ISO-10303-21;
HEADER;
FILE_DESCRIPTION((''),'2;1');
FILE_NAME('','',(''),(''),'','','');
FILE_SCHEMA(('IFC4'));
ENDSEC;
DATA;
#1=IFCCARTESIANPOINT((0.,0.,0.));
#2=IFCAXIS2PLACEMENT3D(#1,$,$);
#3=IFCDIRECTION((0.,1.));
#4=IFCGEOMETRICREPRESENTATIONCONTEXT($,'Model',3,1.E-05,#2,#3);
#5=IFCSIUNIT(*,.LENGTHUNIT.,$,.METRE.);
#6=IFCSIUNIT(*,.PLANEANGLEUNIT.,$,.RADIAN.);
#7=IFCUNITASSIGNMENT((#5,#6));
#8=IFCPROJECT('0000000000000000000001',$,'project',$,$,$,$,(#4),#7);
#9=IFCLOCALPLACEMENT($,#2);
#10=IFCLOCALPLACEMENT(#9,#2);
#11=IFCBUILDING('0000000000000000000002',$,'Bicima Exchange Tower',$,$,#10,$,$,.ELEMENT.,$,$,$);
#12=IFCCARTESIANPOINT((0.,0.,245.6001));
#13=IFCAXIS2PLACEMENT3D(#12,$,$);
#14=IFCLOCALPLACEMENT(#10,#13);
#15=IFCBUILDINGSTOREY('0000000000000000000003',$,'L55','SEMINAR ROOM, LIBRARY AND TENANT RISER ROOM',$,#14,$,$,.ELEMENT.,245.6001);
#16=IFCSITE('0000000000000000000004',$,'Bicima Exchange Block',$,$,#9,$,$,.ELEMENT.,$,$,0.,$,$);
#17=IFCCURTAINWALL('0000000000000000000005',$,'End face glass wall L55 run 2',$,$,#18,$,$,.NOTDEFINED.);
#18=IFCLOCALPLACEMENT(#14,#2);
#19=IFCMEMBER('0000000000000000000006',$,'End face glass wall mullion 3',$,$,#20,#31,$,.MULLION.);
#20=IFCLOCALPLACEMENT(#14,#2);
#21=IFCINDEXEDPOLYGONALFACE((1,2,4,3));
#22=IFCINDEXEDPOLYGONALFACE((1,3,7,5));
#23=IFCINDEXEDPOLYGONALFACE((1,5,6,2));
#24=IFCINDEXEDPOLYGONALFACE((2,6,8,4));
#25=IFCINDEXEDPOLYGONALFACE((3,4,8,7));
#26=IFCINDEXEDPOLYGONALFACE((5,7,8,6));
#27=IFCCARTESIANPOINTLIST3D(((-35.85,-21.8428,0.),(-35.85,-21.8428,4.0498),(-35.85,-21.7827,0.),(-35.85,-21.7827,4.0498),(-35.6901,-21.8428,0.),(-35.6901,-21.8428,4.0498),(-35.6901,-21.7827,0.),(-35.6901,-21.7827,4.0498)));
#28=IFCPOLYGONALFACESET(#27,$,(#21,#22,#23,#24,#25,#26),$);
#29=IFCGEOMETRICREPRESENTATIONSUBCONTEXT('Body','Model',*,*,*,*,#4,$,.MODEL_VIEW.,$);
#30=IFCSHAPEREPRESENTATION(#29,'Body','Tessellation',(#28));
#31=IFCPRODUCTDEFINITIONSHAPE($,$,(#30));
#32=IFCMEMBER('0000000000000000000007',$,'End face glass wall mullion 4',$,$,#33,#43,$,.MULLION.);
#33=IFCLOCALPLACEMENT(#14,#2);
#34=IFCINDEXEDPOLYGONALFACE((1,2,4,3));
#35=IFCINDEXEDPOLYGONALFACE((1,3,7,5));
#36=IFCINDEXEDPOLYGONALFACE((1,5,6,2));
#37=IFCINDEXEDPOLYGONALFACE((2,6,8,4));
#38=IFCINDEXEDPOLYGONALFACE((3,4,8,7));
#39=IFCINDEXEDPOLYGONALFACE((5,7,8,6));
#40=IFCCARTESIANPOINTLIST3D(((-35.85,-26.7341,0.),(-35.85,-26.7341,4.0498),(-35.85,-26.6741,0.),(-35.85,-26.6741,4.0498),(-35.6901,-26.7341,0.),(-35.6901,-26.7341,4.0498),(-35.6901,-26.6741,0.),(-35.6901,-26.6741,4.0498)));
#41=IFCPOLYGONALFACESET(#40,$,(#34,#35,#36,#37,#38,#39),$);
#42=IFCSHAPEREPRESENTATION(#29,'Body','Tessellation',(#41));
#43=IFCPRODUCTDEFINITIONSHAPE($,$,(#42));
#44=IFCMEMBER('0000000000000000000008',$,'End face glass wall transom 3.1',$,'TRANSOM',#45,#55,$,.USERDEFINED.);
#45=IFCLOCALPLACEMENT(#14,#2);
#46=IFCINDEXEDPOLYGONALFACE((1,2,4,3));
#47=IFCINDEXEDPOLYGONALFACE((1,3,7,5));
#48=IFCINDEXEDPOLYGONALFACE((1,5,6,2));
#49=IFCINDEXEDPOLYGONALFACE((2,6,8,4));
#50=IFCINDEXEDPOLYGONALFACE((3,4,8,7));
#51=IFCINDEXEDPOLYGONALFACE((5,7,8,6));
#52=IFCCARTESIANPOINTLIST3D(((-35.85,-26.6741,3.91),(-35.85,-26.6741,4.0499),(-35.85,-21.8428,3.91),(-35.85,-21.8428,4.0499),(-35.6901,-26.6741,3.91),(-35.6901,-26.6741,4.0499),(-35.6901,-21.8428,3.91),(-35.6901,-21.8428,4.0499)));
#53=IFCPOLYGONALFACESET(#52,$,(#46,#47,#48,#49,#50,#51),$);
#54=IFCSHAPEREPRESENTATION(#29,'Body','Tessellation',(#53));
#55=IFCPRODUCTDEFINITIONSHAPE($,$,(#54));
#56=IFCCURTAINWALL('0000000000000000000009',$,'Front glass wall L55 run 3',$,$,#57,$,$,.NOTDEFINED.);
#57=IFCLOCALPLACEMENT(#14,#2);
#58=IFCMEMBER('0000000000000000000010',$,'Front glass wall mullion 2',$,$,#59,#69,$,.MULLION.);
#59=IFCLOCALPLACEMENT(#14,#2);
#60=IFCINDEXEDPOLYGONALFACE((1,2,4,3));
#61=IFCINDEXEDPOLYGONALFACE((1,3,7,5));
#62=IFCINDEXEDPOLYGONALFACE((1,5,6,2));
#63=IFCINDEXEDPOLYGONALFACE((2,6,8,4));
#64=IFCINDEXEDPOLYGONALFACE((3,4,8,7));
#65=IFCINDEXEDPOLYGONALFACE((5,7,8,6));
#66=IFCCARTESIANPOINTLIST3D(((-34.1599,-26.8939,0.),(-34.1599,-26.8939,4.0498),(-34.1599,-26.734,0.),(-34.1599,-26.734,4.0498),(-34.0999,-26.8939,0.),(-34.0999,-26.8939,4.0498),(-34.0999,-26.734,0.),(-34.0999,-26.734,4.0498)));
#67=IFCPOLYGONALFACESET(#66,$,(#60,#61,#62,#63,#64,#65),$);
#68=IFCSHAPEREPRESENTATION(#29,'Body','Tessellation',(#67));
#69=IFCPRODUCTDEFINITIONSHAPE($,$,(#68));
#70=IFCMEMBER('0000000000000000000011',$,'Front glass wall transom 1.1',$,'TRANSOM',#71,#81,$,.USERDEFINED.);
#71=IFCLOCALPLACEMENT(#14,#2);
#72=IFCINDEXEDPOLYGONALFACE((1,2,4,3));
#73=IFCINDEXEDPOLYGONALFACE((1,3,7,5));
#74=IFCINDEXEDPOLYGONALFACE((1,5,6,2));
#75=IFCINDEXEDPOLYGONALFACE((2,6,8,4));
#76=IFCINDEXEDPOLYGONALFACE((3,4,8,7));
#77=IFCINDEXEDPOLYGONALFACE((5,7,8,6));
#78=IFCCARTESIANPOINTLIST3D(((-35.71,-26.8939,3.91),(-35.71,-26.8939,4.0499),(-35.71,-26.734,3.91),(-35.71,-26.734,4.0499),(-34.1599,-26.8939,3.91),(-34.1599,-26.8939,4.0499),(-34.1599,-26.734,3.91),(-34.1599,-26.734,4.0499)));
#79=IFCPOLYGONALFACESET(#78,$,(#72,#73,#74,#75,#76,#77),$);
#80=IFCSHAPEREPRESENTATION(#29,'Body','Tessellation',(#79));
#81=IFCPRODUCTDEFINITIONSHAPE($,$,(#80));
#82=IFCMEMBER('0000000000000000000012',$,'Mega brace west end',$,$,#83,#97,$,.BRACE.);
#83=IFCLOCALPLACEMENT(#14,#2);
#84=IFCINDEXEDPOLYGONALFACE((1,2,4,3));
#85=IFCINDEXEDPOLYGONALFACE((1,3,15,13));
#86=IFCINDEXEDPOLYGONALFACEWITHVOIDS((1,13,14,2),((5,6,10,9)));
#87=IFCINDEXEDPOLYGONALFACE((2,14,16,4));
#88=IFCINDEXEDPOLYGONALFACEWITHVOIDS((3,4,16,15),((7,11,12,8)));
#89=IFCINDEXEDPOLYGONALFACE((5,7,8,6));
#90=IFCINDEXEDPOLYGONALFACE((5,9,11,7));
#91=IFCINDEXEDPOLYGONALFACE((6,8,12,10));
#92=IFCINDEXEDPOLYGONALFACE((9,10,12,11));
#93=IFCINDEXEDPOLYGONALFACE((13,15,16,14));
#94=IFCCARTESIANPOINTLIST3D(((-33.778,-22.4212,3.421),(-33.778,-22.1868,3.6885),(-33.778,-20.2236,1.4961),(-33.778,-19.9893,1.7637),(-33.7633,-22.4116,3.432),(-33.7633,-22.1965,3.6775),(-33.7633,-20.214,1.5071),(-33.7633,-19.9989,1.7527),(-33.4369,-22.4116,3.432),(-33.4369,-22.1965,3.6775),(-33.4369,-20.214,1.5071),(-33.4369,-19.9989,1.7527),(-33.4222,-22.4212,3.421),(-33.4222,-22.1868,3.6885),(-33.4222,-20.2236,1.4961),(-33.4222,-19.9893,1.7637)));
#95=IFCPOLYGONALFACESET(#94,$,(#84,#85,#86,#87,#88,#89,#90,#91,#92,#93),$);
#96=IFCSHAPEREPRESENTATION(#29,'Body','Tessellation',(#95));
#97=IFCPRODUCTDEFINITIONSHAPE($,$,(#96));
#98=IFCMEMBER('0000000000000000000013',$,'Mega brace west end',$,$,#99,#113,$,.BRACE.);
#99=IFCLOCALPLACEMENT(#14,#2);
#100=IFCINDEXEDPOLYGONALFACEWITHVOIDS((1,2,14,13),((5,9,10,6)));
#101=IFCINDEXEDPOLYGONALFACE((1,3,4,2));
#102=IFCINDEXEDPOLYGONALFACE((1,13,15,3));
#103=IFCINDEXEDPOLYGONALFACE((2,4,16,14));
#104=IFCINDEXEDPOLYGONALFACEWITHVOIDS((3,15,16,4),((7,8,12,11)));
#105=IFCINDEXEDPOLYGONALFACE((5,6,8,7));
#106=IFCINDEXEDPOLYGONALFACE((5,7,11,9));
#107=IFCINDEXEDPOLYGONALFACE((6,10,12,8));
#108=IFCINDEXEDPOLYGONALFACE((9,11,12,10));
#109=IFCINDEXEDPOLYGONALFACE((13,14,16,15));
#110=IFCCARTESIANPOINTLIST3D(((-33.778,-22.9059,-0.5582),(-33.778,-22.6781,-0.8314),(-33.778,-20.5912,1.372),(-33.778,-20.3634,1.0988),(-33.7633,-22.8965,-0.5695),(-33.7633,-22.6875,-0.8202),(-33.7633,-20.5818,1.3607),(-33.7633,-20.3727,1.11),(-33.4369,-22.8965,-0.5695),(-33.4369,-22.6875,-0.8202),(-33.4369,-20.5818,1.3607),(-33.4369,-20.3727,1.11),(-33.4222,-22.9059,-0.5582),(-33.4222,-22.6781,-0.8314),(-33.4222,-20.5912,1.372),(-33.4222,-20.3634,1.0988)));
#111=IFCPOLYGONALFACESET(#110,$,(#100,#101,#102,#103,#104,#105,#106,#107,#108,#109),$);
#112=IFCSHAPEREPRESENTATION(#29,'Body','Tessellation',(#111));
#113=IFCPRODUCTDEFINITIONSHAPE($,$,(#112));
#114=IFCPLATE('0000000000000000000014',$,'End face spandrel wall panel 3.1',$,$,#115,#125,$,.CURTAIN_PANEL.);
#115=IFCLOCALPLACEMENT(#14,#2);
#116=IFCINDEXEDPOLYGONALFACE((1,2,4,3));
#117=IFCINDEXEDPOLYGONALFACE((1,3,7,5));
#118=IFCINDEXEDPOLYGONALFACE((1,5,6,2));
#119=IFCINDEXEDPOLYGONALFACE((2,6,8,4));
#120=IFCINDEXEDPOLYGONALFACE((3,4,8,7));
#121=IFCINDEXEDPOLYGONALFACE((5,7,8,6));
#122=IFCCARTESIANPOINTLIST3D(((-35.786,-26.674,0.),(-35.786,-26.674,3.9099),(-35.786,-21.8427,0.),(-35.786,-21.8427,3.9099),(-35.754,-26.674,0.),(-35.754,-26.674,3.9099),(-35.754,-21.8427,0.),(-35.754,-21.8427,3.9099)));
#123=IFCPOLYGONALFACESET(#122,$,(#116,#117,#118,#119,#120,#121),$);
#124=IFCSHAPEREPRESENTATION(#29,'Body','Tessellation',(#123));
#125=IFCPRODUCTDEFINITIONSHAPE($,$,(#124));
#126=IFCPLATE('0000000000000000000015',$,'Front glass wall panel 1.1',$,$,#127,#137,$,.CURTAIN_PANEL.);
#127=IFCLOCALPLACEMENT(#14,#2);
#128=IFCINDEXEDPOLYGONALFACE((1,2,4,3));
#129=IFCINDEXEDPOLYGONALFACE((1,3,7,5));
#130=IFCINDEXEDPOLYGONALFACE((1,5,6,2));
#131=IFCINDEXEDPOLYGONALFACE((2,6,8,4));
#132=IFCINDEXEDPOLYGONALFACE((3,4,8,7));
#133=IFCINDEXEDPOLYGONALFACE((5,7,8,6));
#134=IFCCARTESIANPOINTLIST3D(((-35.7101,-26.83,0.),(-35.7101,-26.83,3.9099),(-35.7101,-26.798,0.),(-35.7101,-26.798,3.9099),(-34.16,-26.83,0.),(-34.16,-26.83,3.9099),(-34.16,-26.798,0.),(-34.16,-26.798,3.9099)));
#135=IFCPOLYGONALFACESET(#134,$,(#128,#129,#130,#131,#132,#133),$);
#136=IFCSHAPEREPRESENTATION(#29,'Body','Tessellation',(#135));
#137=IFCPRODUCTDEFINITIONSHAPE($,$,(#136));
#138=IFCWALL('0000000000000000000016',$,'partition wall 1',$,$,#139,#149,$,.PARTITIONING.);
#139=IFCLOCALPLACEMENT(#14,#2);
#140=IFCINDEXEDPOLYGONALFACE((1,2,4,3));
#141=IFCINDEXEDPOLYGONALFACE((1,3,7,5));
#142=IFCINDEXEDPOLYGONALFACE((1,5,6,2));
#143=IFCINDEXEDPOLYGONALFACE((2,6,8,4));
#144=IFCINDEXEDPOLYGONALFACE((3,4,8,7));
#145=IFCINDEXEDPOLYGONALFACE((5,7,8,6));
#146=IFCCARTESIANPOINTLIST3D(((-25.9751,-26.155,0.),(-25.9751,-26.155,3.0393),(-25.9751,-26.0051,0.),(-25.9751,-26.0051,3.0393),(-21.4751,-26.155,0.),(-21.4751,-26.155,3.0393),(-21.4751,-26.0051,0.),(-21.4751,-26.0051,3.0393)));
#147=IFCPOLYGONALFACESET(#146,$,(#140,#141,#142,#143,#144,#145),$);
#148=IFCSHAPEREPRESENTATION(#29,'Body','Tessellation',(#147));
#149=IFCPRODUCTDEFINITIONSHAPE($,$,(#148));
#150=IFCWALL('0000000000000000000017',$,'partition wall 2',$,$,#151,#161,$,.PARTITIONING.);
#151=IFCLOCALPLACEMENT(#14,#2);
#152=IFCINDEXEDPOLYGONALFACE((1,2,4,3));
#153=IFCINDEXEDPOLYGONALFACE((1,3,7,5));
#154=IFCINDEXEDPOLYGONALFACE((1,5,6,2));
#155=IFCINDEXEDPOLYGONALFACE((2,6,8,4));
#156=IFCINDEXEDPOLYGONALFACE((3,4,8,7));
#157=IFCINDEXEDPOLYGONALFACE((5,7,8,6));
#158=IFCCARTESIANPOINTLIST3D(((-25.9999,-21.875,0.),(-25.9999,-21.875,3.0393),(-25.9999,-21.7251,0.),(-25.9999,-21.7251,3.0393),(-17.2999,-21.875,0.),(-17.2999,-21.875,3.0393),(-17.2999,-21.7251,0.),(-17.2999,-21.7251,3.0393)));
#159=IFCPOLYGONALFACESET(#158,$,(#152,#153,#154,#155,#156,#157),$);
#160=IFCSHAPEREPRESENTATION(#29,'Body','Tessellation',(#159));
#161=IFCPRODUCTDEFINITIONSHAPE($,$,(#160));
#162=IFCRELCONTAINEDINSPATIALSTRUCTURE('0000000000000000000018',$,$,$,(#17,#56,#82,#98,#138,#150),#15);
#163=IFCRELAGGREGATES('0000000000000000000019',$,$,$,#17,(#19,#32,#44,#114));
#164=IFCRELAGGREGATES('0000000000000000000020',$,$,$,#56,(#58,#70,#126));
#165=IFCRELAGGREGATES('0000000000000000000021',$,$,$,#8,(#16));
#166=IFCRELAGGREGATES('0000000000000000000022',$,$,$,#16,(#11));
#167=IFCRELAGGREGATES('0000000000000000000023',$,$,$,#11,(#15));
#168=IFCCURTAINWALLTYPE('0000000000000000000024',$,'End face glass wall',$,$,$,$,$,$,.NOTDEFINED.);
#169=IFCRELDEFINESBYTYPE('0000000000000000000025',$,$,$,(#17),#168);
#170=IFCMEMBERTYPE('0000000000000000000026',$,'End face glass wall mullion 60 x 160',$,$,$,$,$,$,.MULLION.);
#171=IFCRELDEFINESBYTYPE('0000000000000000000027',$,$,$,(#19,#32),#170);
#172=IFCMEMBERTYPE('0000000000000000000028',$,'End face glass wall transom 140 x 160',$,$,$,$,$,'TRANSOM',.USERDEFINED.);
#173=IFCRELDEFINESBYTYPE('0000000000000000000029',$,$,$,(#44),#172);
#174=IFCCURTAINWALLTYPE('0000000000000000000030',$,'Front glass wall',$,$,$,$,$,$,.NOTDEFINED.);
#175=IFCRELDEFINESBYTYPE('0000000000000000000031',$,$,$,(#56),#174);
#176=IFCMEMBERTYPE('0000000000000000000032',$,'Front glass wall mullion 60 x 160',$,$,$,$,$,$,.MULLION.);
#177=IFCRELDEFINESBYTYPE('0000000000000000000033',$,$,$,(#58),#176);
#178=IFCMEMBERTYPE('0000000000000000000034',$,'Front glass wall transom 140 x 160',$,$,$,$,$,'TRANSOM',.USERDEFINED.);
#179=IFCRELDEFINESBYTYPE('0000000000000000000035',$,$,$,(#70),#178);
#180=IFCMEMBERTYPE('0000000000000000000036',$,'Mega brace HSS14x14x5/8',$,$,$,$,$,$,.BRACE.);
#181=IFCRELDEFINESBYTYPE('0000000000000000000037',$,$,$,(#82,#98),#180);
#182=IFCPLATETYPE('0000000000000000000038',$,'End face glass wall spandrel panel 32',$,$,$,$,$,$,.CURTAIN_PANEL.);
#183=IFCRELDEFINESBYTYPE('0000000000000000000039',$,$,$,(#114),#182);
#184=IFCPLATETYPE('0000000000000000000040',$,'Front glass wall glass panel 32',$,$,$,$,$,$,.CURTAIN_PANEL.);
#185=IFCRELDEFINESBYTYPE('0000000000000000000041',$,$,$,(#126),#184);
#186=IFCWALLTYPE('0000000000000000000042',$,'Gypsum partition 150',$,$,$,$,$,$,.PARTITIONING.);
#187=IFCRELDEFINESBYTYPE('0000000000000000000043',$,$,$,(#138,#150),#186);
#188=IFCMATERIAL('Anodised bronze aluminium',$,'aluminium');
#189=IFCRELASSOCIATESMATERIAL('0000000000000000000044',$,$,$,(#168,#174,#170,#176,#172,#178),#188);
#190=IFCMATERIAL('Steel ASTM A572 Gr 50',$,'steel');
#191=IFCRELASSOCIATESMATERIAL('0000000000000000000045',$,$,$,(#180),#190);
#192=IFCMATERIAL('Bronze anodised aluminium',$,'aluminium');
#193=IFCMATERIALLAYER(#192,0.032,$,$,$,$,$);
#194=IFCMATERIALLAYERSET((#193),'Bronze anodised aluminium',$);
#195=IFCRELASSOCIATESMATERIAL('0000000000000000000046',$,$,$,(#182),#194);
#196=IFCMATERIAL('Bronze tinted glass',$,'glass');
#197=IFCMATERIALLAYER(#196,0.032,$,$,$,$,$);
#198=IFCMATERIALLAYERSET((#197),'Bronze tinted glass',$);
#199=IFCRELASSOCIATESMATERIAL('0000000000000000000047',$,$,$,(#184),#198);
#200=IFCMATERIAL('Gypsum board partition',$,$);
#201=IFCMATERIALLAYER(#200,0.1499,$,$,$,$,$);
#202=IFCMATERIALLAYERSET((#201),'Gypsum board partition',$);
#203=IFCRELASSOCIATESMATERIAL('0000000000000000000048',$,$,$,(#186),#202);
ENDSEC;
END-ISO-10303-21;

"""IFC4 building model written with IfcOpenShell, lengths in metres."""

from ifc_helpers import new_model, si_unit, direction, frame, frame_2d, origin, origin_2d, place, context, subcontext, project, spatial, rectangle, hollow_rectangle, extrude, material, layer, layer_set, material_profile, profile_set, type_object, element, aggregate, save


model = new_model("IFC4")

# Units and contexts
model_context = context("Model", 3, precision=1e-05, world=origin(), true_north=direction((0.0, 1.0)))
body_context = subcontext(model_context, "Body", "Model", "MODEL_VIEW")
ifc_project = project(units=[si_unit("LENGTHUNIT", "METRE"), si_unit("PLANEANGLEUNIT", "RADIAN")], contexts=[model_context])

# Site, building, storey
site_placement = place(None, origin())
site = spatial("IfcSite", under=ifc_project, at=site_placement, Name="Bicima Exchange Block", CompositionType="ELEMENT", RefElevation=0.0)
building_placement = place(site_placement, origin())
building = spatial("IfcBuilding", under=site, at=building_placement, Name="Bicima Exchange Tower", CompositionType="ELEMENT")
storey_placement = place(building_placement, frame((0.0, 0.0, 245.6001)))
storey = spatial("IfcBuildingStorey", under=building, at=storey_placement, Name="L55", Description="SEMINAR ROOM, LIBRARY AND TENANT RISER ROOM", CompositionType="ELEMENT", Elevation=245.6001)

# Curtain walls, members
ifc_material_1 = material(Name="Anodised bronze aluminium", Category="aluminium")
curtain_wall_type_1 = type_object("IfcCurtainWallType", Name="End face glass wall", PredefinedType="NOTDEFINED", material=ifc_material_1)
curtain_wall_1_placement = place(storey_placement, origin())
curtain_wall_1 = element("IfcCurtainWall", 1, at=curtain_wall_1_placement, inside=storey, type_object=curtain_wall_type_1, Name="End face glass wall L55 run 2", PredefinedType="NOTDEFINED")
ifc_material_profile_1 = material_profile(ifc_material_1, rectangle(XDim=0.1599, YDim=0.0601, at=origin_2d()))
ifc_profile_set_1 = profile_set([ifc_material_profile_1], Name="Anodised bronze aluminium")
member_type_1 = type_object("IfcMemberType", Name="End face glass wall mullion 60 x 160", PredefinedType="MULLION", material=ifc_profile_set_1)
member_1_placement = place(storey_placement, frame((-35.77, -21.8127, 0.0), z_axis=(0.0, 0.0, 1.0), x_axis=(1.0, 0.0, 0.0)))
member_1 = element("IfcMember", 2, at=member_1_placement, type_object=member_type_1, Name="End face glass wall mullion 3", PredefinedType="MULLION", context=body_context, shape_type="SweptSolid", body=[
    extrude(rectangle(XDim=0.1599, YDim=0.0601, at=origin_2d()), origin(), (0.0, 0.0, 1.0), 4.0498),
])
member_2_placement = place(storey_placement, frame((-35.77, -26.7041, 0.0), z_axis=(0.0, 0.0, 1.0), x_axis=(1.0, 0.0, 0.0)))
member_2 = element("IfcMember", 3, at=member_2_placement, type_object=member_type_1, Name="End face glass wall mullion 4", PredefinedType="MULLION", context=body_context, shape_type="SweptSolid", body=[
    extrude(rectangle(XDim=0.1599, YDim=0.0601, at=origin_2d()), origin(), (0.0, 0.0, 1.0), 4.0498),
])
ifc_material_profile_2 = material_profile(ifc_material_1, rectangle(XDim=0.1599, YDim=0.1399, at=origin_2d()))
ifc_profile_set_2 = profile_set([ifc_material_profile_2], Name="Anodised bronze aluminium")
member_type_2 = type_object("IfcMemberType", Name="End face glass wall transom 140 x 160", ElementType="TRANSOM", PredefinedType="USERDEFINED", material=ifc_profile_set_2)
member_3_placement = place(storey_placement, frame((-35.77, -21.8428, 3.98), z_axis=(0.0, -1.0, 0.0), x_axis=(1.0, 0.0, 0.0)))
member_3 = element("IfcMember", 4, at=member_3_placement, type_object=member_type_2, Name="End face glass wall transom 3.1", ObjectType="TRANSOM", PredefinedType="USERDEFINED", context=body_context, shape_type="SweptSolid", body=[
    extrude(rectangle(XDim=0.1599, YDim=0.1399, at=origin_2d()), origin(), (0.0, 0.0, 1.0), 4.8313),
])
curtain_wall_type_2 = type_object("IfcCurtainWallType", Name="Front glass wall", PredefinedType="NOTDEFINED", material=ifc_material_1)
curtain_wall_2_placement = place(storey_placement, origin())
curtain_wall_2 = element("IfcCurtainWall", 5, at=curtain_wall_2_placement, inside=storey, type_object=curtain_wall_type_2, Name="Front glass wall L55 run 3", PredefinedType="NOTDEFINED")
member_type_3 = type_object("IfcMemberType", Name="Front glass wall mullion 60 x 160", PredefinedType="MULLION", material=ifc_profile_set_1)
member_4_placement = place(storey_placement, frame((-34.1299, -26.814, 0.0), z_axis=(0.0, 0.0, 1.0), x_axis=(0.0, 1.0, 0.0)))
member_4 = element("IfcMember", 6, at=member_4_placement, type_object=member_type_3, Name="Front glass wall mullion 2", PredefinedType="MULLION", context=body_context, shape_type="SweptSolid", body=[
    extrude(rectangle(XDim=0.1599, YDim=0.0601, at=origin_2d()), origin(), (0.0, 0.0, 1.0), 4.0498),
])
member_type_4 = type_object("IfcMemberType", Name="Front glass wall transom 140 x 160", ElementType="TRANSOM", PredefinedType="USERDEFINED", material=ifc_profile_set_2)
member_5_placement = place(storey_placement, frame((-35.71, -26.814, 3.98), z_axis=(1.0, 0.0, 0.0), x_axis=(0.0, 1.0, 0.0)))
member_5 = element("IfcMember", 7, at=member_5_placement, type_object=member_type_4, Name="Front glass wall transom 1.1", ObjectType="TRANSOM", PredefinedType="USERDEFINED", context=body_context, shape_type="SweptSolid", body=[
    extrude(rectangle(XDim=0.1599, YDim=0.1399, at=origin_2d()), origin(), (0.0, 0.0, 1.0), 1.55),
])

# Members
ifc_material_2 = material(Name="Steel ASTM A572 Gr 50", Category="steel")
ifc_material_profile_3 = material_profile(ifc_material_2, hollow_rectangle(XDim=0.3557, YDim=0.3557, WallThickness=0.0146, at=origin_2d()))
ifc_profile_set_3 = profile_set([ifc_material_profile_3], Name="Steel ASTM A572 Gr 50")
member_type_5 = type_object("IfcMemberType", Name="Mega brace HSS14x14x5/8", PredefinedType="BRACE", material=ifc_profile_set_3)
member_6_placement = place(storey_placement, frame((-33.6001, -20.1064, 1.6299), z_axis=(0.0, -0.75224, 0.658889), x_axis=(1.0, 0.0, 0.0)))
element("IfcMember", 8, at=member_6_placement, inside=storey, type_object=member_type_5, Name="Mega brace west end", PredefinedType="BRACE", context=body_context, shape_type="SweptSolid", body=[
    extrude(hollow_rectangle(XDim=0.3557, YDim=0.3557, WallThickness=0.0146, at=origin_2d()), origin(), (0.0, 0.0, 1.0), 2.9214),
])
member_7_placement = place(storey_placement, frame((-33.6001, -22.792, -0.6948), z_axis=(0.0, 0.768015, 0.640431), x_axis=(-1.0, 0.0, 0.0)))
element("IfcMember", 9, at=member_7_placement, inside=storey, type_object=member_type_5, Name="Mega brace west end", PredefinedType="BRACE", context=body_context, shape_type="SweptSolid", body=[
    extrude(hollow_rectangle(XDim=0.3557, YDim=0.3557, WallThickness=0.0146, at=origin_2d()), origin(), (0.0, 0.0, 1.0), 3.0139),
])

# Plates
ifc_material_3 = material(Name="Bronze anodised aluminium", Category="aluminium")
ifc_layer_1 = layer(ifc_material_3, 0.032)
ifc_layer_set_1 = layer_set([ifc_layer_1], Name="Bronze anodised aluminium")
plate_type_1 = type_object("IfcPlateType", Name="End face glass wall spandrel panel 32", PredefinedType="CURTAIN_PANEL", material=ifc_layer_set_1)
plate_1_placement = place(storey_placement, frame((-35.77, -24.2583, 0.0), z_axis=(0.0, 0.0, 1.0), x_axis=(0.0, -1.0, 0.0)))
plate_1 = element("IfcPlate", 10, at=plate_1_placement, type_object=plate_type_1, Name="End face spandrel wall panel 3.1", PredefinedType="CURTAIN_PANEL", context=body_context, shape_type="SweptSolid", body=[
    extrude(rectangle(XDim=4.8313, YDim=0.032, at=origin_2d()), origin(), (0.0, 0.0, 1.0), 3.9099),
])
aggregate(curtain_wall_1, [member_1, member_2, member_3, plate_1])
ifc_material_4 = material(Name="Bronze tinted glass", Category="glass")
ifc_layer_2 = layer(ifc_material_4, 0.032)
ifc_layer_set_2 = layer_set([ifc_layer_2], Name="Bronze tinted glass")
plate_type_2 = type_object("IfcPlateType", Name="Front glass wall glass panel 32", PredefinedType="CURTAIN_PANEL", material=ifc_layer_set_2)
plate_2_placement = place(storey_placement, frame((-34.9351, -26.814, 0.0), z_axis=(0.0, 0.0, 1.0), x_axis=(1.0, 0.0, 0.0)))
plate_2 = element("IfcPlate", 11, at=plate_2_placement, type_object=plate_type_2, Name="Front glass wall panel 1.1", PredefinedType="CURTAIN_PANEL", context=body_context, shape_type="SweptSolid", body=[
    extrude(rectangle(XDim=1.55, YDim=0.032, at=origin_2d()), origin(), (0.0, 0.0, 1.0), 3.9099),
])
aggregate(curtain_wall_2, [member_4, member_5, plate_2])

# Walls
ifc_material_5 = material(Name="Gypsum board partition")
ifc_layer_3 = layer(ifc_material_5, 0.1499)
ifc_layer_set_3 = layer_set([ifc_layer_3], Name="Gypsum board partition")
wall_type = type_object("IfcWallType", Name="Gypsum partition 150", PredefinedType="PARTITIONING", material=ifc_layer_set_3)
wall_1_placement = place(storey_placement, frame((-25.9751, -26.0801, 0.0), z_axis=(0.0, 0.0, 1.0), x_axis=(1.0, 0.0, 0.0)))
element("IfcWall", 12, at=wall_1_placement, inside=storey, type_object=wall_type, Name="partition wall 1", PredefinedType="PARTITIONING", context=body_context, shape_type="SweptSolid", body=[
    extrude(rectangle(XDim=4.5, YDim=0.1499, at=frame_2d((2.25, 0.0))), origin(), (0.0, 0.0, 1.0), 3.0393),
])
wall_2_placement = place(storey_placement, frame((-26.0, -21.8, 0.0), z_axis=(0.0, 0.0, 1.0), x_axis=(1.0, 0.0, 0.0)))
element("IfcWall", 13, at=wall_2_placement, inside=storey, type_object=wall_type, Name="partition wall 2", PredefinedType="PARTITIONING", context=body_context, shape_type="SweptSolid", body=[
    extrude(rectangle(XDim=8.7, YDim=0.1499, at=frame_2d((4.3501, 0.0))), origin(), (0.0, 0.0, 1.0), 3.0393),
])

save(model, "model.ifc")
